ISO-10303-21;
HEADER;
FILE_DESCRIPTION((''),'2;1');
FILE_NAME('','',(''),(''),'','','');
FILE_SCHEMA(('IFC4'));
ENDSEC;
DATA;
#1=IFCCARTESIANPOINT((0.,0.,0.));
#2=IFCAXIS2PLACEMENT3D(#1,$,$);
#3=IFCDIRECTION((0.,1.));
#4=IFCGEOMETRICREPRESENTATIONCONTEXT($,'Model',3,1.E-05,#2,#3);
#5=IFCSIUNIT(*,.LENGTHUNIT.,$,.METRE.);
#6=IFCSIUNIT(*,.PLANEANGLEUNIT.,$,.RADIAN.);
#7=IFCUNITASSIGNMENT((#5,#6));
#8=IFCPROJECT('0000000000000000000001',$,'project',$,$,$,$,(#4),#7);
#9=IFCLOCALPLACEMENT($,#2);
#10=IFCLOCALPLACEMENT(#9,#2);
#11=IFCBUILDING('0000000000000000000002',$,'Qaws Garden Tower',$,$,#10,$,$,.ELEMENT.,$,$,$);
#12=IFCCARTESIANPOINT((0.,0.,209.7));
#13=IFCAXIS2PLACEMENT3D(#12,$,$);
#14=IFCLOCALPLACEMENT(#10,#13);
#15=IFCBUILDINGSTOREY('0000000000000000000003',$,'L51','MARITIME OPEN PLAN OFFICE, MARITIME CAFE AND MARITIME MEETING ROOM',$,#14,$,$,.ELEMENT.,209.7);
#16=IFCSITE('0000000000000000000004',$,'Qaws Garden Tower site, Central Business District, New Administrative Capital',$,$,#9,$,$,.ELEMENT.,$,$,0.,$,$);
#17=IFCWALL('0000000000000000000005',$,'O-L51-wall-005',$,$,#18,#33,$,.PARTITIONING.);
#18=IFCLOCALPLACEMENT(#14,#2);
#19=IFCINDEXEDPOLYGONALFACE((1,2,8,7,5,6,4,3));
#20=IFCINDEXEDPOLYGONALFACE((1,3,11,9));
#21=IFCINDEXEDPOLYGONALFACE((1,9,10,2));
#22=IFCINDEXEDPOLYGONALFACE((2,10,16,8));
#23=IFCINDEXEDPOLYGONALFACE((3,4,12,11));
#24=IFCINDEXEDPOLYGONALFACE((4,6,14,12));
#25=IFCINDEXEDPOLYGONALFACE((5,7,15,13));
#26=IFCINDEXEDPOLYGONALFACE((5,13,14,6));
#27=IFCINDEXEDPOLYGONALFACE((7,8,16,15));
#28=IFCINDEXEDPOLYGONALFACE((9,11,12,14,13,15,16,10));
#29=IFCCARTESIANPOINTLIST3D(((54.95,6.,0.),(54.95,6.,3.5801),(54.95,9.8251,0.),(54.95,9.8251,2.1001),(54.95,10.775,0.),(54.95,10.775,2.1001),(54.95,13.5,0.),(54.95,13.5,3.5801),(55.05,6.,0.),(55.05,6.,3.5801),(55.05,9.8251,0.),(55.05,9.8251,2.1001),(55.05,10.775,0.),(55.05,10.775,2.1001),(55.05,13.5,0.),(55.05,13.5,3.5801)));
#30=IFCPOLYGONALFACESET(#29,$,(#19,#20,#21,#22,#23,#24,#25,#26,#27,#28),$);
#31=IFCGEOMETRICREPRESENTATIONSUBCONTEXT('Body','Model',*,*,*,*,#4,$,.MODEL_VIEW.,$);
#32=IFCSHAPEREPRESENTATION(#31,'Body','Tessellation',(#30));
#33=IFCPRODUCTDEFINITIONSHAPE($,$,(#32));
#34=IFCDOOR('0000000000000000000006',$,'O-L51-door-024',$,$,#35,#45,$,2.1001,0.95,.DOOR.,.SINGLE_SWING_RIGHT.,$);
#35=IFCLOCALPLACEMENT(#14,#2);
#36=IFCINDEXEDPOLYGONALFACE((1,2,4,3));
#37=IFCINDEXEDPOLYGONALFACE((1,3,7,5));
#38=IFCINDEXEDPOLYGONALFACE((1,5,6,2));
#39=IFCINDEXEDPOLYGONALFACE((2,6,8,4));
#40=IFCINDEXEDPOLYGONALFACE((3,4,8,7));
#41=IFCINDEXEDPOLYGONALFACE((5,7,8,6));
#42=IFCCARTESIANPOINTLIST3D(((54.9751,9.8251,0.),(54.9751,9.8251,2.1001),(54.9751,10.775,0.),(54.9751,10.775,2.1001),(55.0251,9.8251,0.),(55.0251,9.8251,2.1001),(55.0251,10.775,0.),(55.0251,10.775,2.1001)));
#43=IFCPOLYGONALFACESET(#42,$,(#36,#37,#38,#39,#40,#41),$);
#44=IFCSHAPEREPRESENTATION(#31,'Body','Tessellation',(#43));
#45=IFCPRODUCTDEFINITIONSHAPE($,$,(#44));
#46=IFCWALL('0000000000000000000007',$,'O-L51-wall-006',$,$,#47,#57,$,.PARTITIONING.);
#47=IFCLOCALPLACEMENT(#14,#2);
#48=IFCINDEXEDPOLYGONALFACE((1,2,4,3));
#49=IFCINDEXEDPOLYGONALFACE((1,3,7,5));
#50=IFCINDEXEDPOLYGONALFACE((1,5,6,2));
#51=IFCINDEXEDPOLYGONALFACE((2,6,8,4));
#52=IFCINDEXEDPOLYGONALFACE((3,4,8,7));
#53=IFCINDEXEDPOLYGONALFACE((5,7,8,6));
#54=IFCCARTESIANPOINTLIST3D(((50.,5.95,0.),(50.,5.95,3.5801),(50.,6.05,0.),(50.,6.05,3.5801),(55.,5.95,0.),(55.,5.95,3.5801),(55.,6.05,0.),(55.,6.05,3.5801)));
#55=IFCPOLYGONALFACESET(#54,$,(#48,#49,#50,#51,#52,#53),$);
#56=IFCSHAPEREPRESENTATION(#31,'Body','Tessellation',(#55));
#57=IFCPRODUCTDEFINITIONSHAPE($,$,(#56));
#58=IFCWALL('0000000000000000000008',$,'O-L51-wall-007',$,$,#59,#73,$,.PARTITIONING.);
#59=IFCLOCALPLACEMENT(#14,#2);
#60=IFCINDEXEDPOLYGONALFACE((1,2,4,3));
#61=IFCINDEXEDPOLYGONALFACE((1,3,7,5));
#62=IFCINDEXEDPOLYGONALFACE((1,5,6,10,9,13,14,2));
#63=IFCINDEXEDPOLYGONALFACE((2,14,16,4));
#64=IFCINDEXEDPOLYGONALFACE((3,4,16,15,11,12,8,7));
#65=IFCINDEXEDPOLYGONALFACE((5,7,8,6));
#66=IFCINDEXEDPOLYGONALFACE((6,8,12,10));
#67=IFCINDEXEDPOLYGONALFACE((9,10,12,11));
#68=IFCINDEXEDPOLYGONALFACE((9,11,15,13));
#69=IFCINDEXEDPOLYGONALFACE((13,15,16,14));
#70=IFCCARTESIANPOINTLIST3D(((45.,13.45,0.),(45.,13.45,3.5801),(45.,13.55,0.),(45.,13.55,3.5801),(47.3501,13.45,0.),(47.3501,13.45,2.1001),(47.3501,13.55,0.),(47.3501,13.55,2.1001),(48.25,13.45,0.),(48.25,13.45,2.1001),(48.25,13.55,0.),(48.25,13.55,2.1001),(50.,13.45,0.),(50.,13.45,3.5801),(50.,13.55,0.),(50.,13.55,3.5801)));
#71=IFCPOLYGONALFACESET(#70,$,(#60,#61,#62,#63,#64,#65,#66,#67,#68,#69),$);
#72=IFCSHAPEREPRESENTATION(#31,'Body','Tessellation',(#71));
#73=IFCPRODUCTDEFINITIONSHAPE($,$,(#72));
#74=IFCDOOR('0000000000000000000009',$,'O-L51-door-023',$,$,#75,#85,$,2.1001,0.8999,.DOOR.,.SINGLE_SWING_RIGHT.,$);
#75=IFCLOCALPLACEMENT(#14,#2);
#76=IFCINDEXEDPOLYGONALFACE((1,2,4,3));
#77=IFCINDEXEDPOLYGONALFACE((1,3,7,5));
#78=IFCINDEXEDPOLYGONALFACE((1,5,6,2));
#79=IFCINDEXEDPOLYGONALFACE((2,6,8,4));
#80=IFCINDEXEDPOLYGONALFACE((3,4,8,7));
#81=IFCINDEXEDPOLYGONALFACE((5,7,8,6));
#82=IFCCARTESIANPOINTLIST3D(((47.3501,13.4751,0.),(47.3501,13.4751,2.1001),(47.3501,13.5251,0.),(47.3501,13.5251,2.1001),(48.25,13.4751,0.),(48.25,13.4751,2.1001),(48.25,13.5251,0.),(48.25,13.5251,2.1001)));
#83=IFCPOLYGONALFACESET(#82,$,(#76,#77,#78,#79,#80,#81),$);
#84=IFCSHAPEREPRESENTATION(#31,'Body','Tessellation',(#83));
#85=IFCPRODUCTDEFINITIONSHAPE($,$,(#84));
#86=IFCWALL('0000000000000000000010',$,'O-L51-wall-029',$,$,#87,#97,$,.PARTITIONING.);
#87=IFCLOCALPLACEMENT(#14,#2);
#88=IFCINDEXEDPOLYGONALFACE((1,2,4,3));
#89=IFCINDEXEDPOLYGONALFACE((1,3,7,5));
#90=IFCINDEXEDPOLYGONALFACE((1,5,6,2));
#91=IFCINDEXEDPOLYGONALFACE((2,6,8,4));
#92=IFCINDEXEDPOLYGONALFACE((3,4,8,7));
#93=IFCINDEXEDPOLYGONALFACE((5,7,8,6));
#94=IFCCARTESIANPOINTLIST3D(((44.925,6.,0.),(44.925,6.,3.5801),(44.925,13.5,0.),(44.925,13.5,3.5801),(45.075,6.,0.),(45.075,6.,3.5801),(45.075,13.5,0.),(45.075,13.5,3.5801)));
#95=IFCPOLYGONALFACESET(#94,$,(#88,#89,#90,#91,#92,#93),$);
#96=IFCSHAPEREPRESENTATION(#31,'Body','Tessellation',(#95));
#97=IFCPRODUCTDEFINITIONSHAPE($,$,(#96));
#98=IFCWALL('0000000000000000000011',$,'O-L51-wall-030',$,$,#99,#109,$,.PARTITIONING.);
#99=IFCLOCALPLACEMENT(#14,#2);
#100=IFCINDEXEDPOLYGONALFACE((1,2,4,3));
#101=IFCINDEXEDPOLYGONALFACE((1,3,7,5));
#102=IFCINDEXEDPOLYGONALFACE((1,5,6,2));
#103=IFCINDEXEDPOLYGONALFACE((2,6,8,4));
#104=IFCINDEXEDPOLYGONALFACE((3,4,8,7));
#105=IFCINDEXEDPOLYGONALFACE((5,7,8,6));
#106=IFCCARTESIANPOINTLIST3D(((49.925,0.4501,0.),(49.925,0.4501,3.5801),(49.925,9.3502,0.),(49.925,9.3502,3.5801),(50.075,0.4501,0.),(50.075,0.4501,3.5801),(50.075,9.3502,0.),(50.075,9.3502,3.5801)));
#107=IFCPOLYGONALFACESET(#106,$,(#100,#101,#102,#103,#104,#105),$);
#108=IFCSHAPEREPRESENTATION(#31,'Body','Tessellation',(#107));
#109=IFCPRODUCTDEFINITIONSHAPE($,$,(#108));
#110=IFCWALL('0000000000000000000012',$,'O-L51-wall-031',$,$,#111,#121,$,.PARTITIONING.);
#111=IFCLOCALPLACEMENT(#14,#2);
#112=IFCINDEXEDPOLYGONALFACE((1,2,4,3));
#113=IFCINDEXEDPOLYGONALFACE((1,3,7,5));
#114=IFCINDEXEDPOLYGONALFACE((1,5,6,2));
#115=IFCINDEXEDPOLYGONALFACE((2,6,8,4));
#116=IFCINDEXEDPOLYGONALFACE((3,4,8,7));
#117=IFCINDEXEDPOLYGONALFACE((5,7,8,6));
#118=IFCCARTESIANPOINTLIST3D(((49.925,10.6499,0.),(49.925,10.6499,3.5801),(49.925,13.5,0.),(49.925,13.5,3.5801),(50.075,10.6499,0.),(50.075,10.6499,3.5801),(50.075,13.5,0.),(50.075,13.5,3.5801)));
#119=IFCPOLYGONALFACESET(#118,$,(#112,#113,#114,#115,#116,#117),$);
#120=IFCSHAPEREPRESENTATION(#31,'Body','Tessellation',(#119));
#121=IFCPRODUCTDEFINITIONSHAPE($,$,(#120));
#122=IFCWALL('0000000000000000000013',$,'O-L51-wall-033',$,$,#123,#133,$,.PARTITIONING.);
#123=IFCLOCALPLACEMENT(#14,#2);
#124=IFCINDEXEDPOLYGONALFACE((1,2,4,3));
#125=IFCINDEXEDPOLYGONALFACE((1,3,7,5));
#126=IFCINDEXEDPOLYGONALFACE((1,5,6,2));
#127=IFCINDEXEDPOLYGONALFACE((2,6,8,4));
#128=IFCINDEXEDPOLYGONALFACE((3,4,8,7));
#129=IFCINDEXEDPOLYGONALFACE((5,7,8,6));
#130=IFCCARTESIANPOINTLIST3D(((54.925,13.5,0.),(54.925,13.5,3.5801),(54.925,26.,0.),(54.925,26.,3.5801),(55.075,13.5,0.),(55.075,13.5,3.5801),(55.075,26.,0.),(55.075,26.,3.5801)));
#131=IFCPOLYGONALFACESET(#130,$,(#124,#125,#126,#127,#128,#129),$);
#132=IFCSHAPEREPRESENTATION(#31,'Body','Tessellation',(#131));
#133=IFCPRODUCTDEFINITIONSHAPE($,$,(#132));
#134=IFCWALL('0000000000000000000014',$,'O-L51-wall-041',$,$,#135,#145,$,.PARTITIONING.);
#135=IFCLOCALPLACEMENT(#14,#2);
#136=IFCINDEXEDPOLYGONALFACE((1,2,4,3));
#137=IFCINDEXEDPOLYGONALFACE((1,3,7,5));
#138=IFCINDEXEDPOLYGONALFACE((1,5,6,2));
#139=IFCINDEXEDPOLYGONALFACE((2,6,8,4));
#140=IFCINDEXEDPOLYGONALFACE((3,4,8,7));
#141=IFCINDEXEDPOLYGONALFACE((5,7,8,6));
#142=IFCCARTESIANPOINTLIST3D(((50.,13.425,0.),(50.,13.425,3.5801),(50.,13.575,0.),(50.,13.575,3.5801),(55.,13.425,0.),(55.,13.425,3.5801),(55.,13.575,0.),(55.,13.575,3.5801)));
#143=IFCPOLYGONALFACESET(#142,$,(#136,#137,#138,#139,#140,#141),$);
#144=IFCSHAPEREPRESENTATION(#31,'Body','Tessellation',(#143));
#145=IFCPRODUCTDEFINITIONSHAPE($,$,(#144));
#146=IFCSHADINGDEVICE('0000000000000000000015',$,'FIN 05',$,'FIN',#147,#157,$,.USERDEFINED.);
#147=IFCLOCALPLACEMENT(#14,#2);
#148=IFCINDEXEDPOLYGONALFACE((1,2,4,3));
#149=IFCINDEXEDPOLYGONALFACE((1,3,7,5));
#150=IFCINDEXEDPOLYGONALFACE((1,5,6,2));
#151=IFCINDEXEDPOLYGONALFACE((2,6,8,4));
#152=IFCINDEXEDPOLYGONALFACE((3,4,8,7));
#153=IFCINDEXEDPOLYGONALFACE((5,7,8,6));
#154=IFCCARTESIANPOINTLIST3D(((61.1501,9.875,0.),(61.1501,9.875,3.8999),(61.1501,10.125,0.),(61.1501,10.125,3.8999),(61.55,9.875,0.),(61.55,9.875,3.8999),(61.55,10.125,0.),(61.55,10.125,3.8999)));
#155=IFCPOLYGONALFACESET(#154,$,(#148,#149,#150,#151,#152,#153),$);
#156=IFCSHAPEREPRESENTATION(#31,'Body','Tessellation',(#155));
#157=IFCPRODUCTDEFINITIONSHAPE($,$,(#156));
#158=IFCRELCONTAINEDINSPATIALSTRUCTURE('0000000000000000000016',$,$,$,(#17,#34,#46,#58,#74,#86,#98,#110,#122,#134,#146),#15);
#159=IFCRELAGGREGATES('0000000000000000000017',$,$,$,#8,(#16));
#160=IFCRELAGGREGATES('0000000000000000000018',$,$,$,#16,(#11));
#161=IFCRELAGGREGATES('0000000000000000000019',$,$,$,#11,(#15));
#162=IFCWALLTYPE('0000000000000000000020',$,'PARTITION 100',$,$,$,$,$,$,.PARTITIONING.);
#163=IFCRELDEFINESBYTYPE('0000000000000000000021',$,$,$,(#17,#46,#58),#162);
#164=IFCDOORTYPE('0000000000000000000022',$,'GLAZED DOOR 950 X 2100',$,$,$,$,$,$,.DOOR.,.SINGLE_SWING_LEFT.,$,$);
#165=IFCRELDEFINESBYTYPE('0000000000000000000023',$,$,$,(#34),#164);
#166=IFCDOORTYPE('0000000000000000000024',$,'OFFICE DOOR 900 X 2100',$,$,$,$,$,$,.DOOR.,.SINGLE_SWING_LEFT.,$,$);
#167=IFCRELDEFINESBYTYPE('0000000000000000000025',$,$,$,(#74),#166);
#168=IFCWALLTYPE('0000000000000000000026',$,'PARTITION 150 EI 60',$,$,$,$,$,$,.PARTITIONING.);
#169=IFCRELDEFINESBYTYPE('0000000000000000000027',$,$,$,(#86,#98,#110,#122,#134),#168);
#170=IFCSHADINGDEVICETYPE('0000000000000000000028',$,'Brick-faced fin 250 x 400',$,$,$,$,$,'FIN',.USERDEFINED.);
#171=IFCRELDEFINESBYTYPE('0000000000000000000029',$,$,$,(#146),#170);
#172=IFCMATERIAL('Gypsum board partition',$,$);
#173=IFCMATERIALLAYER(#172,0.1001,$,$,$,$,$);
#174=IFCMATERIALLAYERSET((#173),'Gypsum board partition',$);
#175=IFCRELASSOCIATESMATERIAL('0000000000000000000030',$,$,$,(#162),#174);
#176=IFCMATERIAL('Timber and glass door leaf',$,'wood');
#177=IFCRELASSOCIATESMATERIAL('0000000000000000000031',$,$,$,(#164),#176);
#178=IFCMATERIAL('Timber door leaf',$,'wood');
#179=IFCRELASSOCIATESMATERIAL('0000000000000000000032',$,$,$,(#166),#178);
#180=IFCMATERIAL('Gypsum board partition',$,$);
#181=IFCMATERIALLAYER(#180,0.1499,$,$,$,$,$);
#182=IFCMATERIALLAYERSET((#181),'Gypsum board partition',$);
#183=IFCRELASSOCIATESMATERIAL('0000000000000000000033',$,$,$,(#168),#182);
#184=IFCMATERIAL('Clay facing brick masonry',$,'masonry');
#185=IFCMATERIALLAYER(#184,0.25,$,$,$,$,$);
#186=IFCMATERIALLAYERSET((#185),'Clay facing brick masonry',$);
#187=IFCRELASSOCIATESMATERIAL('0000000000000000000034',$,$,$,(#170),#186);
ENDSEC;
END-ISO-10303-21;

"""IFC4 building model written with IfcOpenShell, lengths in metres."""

from ifc_helpers import new_model, si_unit, direction, frame, frame_2d, origin, origin_2d, place, context, subcontext, project, spatial, rectangle, extrude, material, layer, layer_set, type_object, element, fill, save


model = new_model("IFC4")

# Units and contexts
model_context = context("Model", 3, precision=1e-05, world=origin(), true_north=direction((0.0, 1.0)))
body_context = subcontext(model_context, "Body", "Model", "MODEL_VIEW")
ifc_project = project(units=[si_unit("LENGTHUNIT", "METRE"), si_unit("PLANEANGLEUNIT", "RADIAN")], contexts=[model_context])

# Site, building, storey
site_placement = place(None, origin())
site = spatial("IfcSite", under=ifc_project, at=site_placement, Name="Qaws Garden Tower site, Central Business District, New Administrative Capital", CompositionType="ELEMENT", RefElevation=0.0)
building_placement = place(site_placement, origin())
building = spatial("IfcBuilding", under=site, at=building_placement, Name="Qaws Garden Tower", CompositionType="ELEMENT")
storey_placement = place(building_placement, frame((0.0, 0.0, 209.7)))
storey = spatial("IfcBuildingStorey", under=building, at=storey_placement, Name="L51", Description="MARITIME OPEN PLAN OFFICE, MARITIME CAFE AND MARITIME MEETING ROOM", CompositionType="ELEMENT", Elevation=209.7)

# Wall, opening, door
ifc_material_1 = material(Name="Gypsum board partition")
ifc_layer_1 = layer(ifc_material_1, 0.1001)
ifc_layer_set_1 = layer_set([ifc_layer_1], Name="Gypsum board partition")
wall_type_1 = type_object("IfcWallType", Name="PARTITION 100", PredefinedType="PARTITIONING", material=ifc_layer_set_1)
wall_1_placement = place(storey_placement, frame((55.0, 6.0, 0.0), z_axis=(0.0, 0.0, 1.0), x_axis=(0.0, 1.0, 0.0)))
wall_1 = element("IfcWall", 1, at=wall_1_placement, inside=storey, type_object=wall_type_1, Name="O-L51-wall-005", PredefinedType="PARTITIONING", context=body_context, shape_type="SweptSolid", body=[
    extrude(rectangle(XDim=7.5, YDim=0.1001, at=frame_2d((3.75, 0.0))), origin(), (0.0, 0.0, 1.0), 3.5801),
])
opening_1_placement = place(wall_1_placement, frame((3.825, 0.0, 0.0)))
opening_1 = element("IfcOpeningElement", 2, at=opening_1_placement, cuts=wall_1, PredefinedType="OPENING", context=body_context, shape_type="SweptSolid", body=[
    extrude(rectangle(XDim=0.95, YDim=2.1001, at=frame_2d((0.4751, 1.05))), frame((0.0, 0.0601, 0.0), z_axis=(0.0, -1.0, 0.0), x_axis=(1.0, 0.0, 0.0)), (0.0, 0.0, 1.0), 0.1201),
])
ifc_material_2 = material(Name="Timber and glass door leaf", Category="wood")
door_type_1 = type_object("IfcDoorType", Name="GLAZED DOOR 950 X 2100", OperationType="SINGLE_SWING_LEFT", PredefinedType="DOOR", material=ifc_material_2)
door_1_placement = place(opening_1_placement, origin())
door_1 = element("IfcDoor", 3, at=door_1_placement, inside=storey, type_object=door_type_1, Name="O-L51-door-024", OperationType="SINGLE_SWING_RIGHT", OverallHeight=2.1001, OverallWidth=0.95, PredefinedType="DOOR", context=body_context, shape_type="SweptSolid", body=[
    extrude(rectangle(XDim=0.95, YDim=2.1001, at=frame_2d((0.4751, 1.05))), frame((0.0, 0.0249, 0.0), z_axis=(0.0, -1.0, 0.0), x_axis=(1.0, 0.0, 0.0)), (0.0, 0.0, 1.0), 0.05),
])
fill(opening_1, door_1)

# Wall
wall_2_placement = place(storey_placement, frame((50.0, 6.0, 0.0), z_axis=(0.0, 0.0, 1.0), x_axis=(1.0, 0.0, 0.0)))
element("IfcWall", 4, at=wall_2_placement, inside=storey, type_object=wall_type_1, Name="O-L51-wall-006", PredefinedType="PARTITIONING", context=body_context, shape_type="SweptSolid", body=[
    extrude(rectangle(XDim=5.0, YDim=0.1001, at=frame_2d((2.5, 0.0))), origin(), (0.0, 0.0, 1.0), 3.5801),
])

# Wall, opening, door
wall_3_placement = place(storey_placement, frame((45.0, 13.5, 0.0), z_axis=(0.0, 0.0, 1.0), x_axis=(1.0, 0.0, 0.0)))
wall_3 = element("IfcWall", 5, at=wall_3_placement, inside=storey, type_object=wall_type_1, Name="O-L51-wall-007", PredefinedType="PARTITIONING", context=body_context, shape_type="SweptSolid", body=[
    extrude(rectangle(XDim=5.0, YDim=0.1001, at=frame_2d((2.5, 0.0))), origin(), (0.0, 0.0, 1.0), 3.5801),
])
opening_2_placement = place(wall_3_placement, frame((2.3501, 0.0, 0.0)))
opening_2 = element("IfcOpeningElement", 6, at=opening_2_placement, cuts=wall_3, PredefinedType="OPENING", context=body_context, shape_type="SweptSolid", body=[
    extrude(rectangle(XDim=0.8999, YDim=2.1001, at=frame_2d((0.45, 1.05))), frame((0.0, 0.0601, 0.0), z_axis=(0.0, -1.0, 0.0), x_axis=(1.0, 0.0, 0.0)), (0.0, 0.0, 1.0), 0.1201),
])
ifc_material_3 = material(Name="Timber door leaf", Category="wood")
door_type_2 = type_object("IfcDoorType", Name="OFFICE DOOR 900 X 2100", OperationType="SINGLE_SWING_LEFT", PredefinedType="DOOR", material=ifc_material_3)
door_2_placement = place(opening_2_placement, frame((0.8999, 0.0, 0.0), z_axis=(0.0, 0.0, 1.0), x_axis=(-1.0, 0.0, 0.0)))
door_2 = element("IfcDoor", 7, at=door_2_placement, inside=storey, type_object=door_type_2, Name="O-L51-door-023", OperationType="SINGLE_SWING_RIGHT", OverallHeight=2.1001, OverallWidth=0.8999, PredefinedType="DOOR", context=body_context, shape_type="SweptSolid", body=[
    extrude(rectangle(XDim=0.8999, YDim=2.1001, at=frame_2d((0.45, 1.05))), frame((0.0, 0.0249, 0.0), z_axis=(0.0, -1.0, 0.0), x_axis=(1.0, 0.0, 0.0)), (0.0, 0.0, 1.0), 0.05),
])
fill(opening_2, door_2)

# Walls
ifc_material_4 = material(Name="Gypsum board partition")
ifc_layer_2 = layer(ifc_material_4, 0.1499)
ifc_layer_set_2 = layer_set([ifc_layer_2], Name="Gypsum board partition")
wall_type_2 = type_object("IfcWallType", Name="PARTITION 150 EI 60", PredefinedType="PARTITIONING", material=ifc_layer_set_2)
wall_4_placement = place(storey_placement, frame((45.0, 6.0, 0.0), z_axis=(0.0, 0.0, 1.0), x_axis=(0.0, 1.0, 0.0)))
element("IfcWall", 8, at=wall_4_placement, inside=storey, type_object=wall_type_2, Name="O-L51-wall-029", PredefinedType="PARTITIONING", context=body_context, shape_type="SweptSolid", body=[
    extrude(rectangle(XDim=7.5, YDim=0.1499, at=frame_2d((3.75, 0.0))), origin(), (0.0, 0.0, 1.0), 3.5801),
])
wall_5_placement = place(storey_placement, frame((50.0, 0.45, 0.0), z_axis=(0.0, 0.0, 1.0), x_axis=(0.0, 1.0, 0.0)))
element("IfcWall", 9, at=wall_5_placement, inside=storey, type_object=wall_type_2, Name="O-L51-wall-030", PredefinedType="PARTITIONING", context=body_context, shape_type="SweptSolid", body=[
    extrude(rectangle(XDim=8.9001, YDim=0.1499, at=frame_2d((4.4502, 0.0))), origin(), (0.0, 0.0, 1.0), 3.5801),
])
wall_6_placement = place(storey_placement, frame((50.0, 10.6499, 0.0), z_axis=(0.0, 0.0, 1.0), x_axis=(0.0, 1.0, 0.0)))
element("IfcWall", 10, at=wall_6_placement, inside=storey, type_object=wall_type_2, Name="O-L51-wall-031", PredefinedType="PARTITIONING", context=body_context, shape_type="SweptSolid", body=[
    extrude(rectangle(XDim=2.8501, YDim=0.1499, at=frame_2d((1.425, 0.0))), origin(), (0.0, 0.0, 1.0), 3.5801),
])
wall_7_placement = place(storey_placement, frame((55.0, 13.5, 0.0), z_axis=(0.0, 0.0, 1.0), x_axis=(0.0, 1.0, 0.0)))
element("IfcWall", 11, at=wall_7_placement, inside=storey, type_object=wall_type_2, Name="O-L51-wall-033", PredefinedType="PARTITIONING", context=body_context, shape_type="SweptSolid", body=[
    extrude(rectangle(XDim=12.5, YDim=0.1499, at=frame_2d((6.25, 0.0))), origin(), (0.0, 0.0, 1.0), 3.5801),
])
wall_8_placement = place(storey_placement, frame((50.0, 13.5, 0.0), z_axis=(0.0, 0.0, 1.0), x_axis=(1.0, 0.0, 0.0)))
element("IfcWall", 12, at=wall_8_placement, inside=storey, type_object=wall_type_2, Name="O-L51-wall-041", PredefinedType="PARTITIONING", context=body_context, shape_type="SweptSolid", body=[
    extrude(rectangle(XDim=5.0, YDim=0.1499, at=frame_2d((2.5, 0.0))), origin(), (0.0, 0.0, 1.0), 3.5801),
])

# Shading device
ifc_material_5 = material(Name="Clay facing brick masonry", Category="masonry")
ifc_layer_3 = layer(ifc_material_5, 0.25)
ifc_layer_set_3 = layer_set([ifc_layer_3], Name="Clay facing brick masonry")
shading_device_type = type_object("IfcShadingDeviceType", Name="Brick-faced fin 250 x 400", ElementType="FIN", PredefinedType="USERDEFINED", material=ifc_layer_set_3)
shading_device_placement = place(storey_placement, frame((61.3501, 10.0, 0.0), z_axis=(0.0, 0.0, 1.0), x_axis=(0.0, 1.0, 0.0)))
element("IfcShadingDevice", 13, at=shading_device_placement, inside=storey, type_object=shading_device_type, Name="FIN 05", ObjectType="FIN", PredefinedType="USERDEFINED", context=body_context, shape_type="SweptSolid", body=[
    extrude(rectangle(XDim=0.25, YDim=0.3999, at=origin_2d()), origin(), (0.0, 0.0, 1.0), 3.8999),
])

save(model, "model.ifc")
